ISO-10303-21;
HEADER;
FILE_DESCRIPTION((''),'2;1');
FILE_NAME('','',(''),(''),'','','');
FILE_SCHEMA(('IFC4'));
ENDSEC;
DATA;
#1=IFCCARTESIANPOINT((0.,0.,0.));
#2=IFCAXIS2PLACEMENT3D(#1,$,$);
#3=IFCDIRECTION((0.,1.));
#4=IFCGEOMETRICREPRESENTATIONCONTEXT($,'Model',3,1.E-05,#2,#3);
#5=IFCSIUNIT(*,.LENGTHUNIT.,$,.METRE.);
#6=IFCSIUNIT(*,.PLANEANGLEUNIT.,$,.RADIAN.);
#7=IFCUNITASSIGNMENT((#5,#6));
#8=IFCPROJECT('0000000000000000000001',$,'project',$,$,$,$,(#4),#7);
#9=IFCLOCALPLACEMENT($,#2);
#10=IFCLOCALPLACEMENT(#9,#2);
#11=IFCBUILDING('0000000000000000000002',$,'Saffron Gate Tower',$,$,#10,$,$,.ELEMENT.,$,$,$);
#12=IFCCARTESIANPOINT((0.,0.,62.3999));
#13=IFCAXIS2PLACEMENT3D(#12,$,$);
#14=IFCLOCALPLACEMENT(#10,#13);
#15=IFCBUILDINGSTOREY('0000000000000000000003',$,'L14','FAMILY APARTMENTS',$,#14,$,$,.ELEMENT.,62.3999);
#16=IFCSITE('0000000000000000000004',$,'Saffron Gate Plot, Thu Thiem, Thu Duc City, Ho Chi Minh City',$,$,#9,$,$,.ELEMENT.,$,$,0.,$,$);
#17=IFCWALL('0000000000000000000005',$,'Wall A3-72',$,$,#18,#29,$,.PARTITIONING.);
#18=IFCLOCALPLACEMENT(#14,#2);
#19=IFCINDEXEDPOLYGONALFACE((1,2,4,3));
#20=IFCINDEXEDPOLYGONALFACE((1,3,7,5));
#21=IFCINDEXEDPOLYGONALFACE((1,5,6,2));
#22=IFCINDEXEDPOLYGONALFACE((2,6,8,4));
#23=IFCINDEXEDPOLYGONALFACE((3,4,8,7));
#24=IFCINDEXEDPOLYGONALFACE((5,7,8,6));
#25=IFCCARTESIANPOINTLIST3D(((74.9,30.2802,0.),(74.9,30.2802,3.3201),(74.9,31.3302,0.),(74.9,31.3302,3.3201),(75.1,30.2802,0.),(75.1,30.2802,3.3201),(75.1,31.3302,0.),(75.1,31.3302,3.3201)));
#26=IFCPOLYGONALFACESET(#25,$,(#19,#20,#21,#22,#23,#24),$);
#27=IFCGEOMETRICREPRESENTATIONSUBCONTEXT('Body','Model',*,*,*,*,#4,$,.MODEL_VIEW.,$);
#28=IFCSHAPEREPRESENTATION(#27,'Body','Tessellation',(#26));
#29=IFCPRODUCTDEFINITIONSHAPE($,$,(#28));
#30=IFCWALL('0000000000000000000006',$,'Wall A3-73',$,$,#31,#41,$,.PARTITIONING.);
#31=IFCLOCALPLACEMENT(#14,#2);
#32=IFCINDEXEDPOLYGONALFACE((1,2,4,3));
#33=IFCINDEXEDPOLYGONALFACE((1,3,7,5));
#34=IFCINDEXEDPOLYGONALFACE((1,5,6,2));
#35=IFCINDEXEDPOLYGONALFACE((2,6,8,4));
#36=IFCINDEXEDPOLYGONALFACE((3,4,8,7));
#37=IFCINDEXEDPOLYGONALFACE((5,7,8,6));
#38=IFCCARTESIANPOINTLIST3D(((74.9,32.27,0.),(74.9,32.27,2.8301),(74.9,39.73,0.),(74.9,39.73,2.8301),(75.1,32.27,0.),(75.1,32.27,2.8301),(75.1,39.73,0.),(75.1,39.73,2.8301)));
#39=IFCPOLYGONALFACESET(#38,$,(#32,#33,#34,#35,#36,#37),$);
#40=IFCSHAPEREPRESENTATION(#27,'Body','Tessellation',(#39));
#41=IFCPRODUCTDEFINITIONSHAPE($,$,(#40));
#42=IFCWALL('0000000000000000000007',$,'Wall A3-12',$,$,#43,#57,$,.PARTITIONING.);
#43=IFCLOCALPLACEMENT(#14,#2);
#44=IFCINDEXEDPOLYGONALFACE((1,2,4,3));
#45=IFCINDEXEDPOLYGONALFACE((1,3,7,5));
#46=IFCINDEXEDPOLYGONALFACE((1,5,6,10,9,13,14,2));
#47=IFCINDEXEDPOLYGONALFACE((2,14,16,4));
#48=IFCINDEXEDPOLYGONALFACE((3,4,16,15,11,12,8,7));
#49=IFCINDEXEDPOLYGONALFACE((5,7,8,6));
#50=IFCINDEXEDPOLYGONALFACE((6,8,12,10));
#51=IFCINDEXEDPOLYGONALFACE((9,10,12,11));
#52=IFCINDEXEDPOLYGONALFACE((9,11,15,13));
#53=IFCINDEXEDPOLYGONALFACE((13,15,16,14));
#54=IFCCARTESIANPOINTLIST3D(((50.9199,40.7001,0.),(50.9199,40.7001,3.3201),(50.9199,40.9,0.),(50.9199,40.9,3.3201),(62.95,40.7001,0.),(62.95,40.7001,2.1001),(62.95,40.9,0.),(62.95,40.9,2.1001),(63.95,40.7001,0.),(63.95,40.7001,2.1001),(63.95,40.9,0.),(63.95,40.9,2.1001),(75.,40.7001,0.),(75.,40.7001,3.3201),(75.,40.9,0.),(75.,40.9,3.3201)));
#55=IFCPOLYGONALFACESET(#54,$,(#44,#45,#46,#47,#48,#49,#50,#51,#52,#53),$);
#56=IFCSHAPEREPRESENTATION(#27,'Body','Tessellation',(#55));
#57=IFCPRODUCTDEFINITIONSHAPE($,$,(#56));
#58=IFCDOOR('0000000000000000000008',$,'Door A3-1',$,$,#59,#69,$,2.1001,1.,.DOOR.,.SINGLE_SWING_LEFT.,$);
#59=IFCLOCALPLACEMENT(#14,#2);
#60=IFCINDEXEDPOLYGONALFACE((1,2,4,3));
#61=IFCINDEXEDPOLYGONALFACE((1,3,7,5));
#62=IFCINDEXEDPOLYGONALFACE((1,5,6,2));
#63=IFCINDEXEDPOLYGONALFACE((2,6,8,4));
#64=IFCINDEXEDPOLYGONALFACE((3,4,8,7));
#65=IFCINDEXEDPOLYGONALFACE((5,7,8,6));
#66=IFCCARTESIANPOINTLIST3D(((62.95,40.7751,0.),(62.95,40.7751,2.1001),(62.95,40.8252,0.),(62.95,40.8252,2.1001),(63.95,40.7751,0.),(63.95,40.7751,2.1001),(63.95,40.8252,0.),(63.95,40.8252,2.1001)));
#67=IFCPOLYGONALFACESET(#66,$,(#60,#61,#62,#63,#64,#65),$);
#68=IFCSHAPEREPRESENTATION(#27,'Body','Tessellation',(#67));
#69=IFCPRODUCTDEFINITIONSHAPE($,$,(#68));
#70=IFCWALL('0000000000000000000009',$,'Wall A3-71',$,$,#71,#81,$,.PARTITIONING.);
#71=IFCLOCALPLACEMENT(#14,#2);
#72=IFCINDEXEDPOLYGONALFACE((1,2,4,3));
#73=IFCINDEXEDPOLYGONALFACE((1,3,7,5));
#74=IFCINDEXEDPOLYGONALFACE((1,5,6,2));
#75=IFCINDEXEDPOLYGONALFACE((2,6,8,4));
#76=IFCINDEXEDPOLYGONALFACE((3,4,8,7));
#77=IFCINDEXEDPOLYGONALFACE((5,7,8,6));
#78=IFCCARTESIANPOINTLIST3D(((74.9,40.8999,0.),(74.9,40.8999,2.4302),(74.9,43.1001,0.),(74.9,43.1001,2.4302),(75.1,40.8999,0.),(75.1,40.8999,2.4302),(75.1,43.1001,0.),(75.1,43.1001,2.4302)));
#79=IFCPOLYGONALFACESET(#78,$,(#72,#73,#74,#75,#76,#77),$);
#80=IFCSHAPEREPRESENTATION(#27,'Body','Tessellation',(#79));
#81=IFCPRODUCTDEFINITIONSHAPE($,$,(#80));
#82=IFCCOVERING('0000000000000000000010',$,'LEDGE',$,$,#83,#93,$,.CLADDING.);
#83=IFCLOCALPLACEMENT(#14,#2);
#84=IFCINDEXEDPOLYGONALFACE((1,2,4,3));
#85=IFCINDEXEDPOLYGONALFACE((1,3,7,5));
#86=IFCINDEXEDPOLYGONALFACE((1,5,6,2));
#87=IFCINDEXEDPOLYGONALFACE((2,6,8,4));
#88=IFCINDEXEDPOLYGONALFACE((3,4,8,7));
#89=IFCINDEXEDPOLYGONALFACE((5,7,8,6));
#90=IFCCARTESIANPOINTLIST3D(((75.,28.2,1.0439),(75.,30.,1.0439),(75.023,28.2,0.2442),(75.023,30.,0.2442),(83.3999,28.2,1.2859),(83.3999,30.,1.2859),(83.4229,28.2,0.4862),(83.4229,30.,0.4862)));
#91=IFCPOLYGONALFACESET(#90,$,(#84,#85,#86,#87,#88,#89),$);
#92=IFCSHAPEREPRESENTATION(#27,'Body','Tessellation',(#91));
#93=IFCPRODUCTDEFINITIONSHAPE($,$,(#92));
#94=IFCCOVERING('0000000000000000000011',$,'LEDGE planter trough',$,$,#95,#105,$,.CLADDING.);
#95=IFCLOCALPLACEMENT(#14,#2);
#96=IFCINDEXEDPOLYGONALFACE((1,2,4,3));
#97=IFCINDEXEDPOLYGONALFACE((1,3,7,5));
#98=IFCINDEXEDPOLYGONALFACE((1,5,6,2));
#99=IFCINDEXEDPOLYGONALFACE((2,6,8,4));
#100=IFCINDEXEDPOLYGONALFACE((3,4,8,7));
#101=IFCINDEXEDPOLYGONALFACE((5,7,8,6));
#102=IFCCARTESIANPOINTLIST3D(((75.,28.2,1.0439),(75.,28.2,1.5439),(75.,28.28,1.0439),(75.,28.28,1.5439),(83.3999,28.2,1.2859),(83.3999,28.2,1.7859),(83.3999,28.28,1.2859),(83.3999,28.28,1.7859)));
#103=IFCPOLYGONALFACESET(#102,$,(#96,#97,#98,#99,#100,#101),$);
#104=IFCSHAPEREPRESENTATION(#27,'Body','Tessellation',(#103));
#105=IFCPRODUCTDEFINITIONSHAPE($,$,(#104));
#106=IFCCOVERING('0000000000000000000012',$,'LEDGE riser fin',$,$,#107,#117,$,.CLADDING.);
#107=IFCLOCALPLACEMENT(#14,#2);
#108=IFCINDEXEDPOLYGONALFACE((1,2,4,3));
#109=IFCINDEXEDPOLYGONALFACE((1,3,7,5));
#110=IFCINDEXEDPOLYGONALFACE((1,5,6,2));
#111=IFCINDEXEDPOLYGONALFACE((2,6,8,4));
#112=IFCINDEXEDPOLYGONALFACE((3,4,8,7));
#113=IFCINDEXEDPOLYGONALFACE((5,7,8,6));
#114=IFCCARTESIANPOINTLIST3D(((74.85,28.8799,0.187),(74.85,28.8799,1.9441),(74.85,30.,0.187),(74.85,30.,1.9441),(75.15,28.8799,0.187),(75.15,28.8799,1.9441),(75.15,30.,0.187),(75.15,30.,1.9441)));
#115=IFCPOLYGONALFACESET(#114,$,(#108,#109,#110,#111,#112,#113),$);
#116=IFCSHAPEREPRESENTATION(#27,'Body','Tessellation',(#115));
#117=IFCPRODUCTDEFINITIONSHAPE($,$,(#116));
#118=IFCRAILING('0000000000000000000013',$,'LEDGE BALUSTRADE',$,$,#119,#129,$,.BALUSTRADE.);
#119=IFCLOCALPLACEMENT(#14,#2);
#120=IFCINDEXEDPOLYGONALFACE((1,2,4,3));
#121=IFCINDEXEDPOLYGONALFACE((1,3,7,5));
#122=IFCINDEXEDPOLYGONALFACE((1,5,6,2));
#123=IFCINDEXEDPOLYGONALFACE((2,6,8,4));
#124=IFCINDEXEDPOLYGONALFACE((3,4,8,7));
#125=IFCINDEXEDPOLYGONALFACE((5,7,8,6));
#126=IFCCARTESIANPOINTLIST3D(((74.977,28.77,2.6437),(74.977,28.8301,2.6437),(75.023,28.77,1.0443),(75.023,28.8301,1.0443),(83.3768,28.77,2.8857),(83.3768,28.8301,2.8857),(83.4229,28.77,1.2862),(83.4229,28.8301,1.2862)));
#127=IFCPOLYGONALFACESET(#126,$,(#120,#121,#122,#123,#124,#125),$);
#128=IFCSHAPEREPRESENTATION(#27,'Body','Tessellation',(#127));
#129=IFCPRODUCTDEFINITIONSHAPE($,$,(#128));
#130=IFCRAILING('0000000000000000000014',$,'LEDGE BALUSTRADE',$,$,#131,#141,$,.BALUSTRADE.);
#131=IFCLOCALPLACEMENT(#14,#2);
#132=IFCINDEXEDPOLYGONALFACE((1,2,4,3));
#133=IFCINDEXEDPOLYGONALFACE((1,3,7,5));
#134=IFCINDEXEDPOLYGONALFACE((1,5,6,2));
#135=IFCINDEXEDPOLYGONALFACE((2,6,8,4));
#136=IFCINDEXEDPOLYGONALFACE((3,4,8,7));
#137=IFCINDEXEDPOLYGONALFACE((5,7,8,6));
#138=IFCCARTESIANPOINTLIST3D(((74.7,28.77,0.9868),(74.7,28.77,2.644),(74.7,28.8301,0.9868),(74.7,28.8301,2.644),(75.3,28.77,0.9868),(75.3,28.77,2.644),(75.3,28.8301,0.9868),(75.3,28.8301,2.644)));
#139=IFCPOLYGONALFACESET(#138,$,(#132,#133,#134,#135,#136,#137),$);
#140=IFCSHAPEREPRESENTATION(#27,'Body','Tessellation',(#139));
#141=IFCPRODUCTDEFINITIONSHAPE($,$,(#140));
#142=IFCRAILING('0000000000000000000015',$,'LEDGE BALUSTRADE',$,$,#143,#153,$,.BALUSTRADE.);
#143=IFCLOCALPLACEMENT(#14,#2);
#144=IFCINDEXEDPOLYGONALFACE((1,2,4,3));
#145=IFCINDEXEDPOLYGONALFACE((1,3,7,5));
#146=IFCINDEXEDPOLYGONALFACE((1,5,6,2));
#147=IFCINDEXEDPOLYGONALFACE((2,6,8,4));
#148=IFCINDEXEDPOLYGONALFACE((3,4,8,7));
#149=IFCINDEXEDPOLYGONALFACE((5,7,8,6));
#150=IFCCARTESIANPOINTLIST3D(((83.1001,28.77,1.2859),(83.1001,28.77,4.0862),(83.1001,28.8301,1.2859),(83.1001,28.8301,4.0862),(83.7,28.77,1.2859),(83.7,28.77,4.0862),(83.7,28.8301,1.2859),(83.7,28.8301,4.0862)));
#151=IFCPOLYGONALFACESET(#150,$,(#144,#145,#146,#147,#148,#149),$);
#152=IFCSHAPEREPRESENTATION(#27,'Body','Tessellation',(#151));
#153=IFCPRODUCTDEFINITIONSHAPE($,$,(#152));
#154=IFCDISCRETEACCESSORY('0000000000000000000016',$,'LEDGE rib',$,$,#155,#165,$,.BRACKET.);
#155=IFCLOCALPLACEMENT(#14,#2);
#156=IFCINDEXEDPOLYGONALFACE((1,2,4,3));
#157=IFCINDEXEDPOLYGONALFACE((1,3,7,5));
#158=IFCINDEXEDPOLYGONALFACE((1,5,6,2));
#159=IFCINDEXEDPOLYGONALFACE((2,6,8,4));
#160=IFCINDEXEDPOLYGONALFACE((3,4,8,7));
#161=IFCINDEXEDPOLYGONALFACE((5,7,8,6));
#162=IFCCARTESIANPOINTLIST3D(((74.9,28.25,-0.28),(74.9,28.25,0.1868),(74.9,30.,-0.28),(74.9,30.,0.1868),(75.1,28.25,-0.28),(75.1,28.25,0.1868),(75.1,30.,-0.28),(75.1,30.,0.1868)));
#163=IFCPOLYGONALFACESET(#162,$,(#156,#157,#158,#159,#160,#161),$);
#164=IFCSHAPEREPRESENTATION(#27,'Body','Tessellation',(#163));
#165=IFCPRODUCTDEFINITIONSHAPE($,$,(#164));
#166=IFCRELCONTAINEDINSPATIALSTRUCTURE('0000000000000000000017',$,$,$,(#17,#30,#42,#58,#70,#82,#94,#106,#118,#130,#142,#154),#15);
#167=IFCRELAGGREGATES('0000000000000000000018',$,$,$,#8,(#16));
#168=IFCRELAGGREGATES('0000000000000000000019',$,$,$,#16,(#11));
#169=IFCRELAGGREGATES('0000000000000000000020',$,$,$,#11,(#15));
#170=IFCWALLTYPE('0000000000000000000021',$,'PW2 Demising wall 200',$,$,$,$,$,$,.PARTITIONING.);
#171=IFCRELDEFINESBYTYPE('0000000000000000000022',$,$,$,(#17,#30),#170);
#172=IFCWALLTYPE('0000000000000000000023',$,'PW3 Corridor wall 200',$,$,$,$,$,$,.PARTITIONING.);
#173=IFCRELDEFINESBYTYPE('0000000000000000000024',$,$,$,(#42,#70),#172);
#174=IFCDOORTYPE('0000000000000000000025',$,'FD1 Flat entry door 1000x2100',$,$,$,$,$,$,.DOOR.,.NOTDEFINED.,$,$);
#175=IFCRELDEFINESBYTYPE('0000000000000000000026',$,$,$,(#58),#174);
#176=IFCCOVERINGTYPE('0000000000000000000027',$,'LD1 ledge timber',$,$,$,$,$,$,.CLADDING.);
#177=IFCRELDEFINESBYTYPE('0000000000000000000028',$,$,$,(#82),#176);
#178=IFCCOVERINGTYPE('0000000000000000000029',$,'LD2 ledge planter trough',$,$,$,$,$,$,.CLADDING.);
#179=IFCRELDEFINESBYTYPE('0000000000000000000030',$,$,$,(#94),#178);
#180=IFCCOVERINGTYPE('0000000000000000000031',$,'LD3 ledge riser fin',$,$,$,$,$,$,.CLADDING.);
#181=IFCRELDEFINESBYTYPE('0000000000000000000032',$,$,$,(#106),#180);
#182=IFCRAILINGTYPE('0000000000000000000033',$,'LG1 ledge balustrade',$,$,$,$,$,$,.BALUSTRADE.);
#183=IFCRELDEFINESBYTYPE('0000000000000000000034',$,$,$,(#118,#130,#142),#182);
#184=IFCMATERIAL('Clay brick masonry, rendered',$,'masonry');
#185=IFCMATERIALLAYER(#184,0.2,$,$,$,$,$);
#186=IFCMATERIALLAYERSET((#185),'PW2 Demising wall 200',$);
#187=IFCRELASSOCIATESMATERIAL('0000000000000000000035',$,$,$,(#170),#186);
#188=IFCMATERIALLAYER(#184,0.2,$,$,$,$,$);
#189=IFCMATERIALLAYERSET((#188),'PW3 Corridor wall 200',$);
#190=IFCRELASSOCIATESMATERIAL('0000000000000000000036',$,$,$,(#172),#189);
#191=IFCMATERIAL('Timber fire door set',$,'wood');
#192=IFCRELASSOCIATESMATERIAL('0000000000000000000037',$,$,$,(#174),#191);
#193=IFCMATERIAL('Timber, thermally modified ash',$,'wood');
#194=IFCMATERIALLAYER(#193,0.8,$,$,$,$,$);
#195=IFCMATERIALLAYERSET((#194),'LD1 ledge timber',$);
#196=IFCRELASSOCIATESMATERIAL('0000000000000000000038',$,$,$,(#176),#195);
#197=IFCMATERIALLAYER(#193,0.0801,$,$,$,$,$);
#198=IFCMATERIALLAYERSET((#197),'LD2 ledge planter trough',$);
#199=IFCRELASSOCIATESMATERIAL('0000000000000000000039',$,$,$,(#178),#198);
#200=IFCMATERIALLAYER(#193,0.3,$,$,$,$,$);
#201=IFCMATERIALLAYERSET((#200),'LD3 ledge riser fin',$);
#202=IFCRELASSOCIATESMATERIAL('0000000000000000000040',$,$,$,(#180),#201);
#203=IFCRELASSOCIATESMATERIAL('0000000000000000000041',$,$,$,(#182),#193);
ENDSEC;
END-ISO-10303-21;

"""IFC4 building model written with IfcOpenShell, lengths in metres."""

from ifc_helpers import new_model, si_unit, direction, frame, frame_2d, origin, origin_2d, place, context, subcontext, project, spatial, polyline, rectangle, outline, extrude, material, layer, layer_set, type_object, element, fill, save


model = new_model("IFC4")

# Units and contexts
model_context = context("Model", 3, precision=1e-05, world=origin(), true_north=direction((0.0, 1.0)))
body_context = subcontext(model_context, "Body", "Model", "MODEL_VIEW")
ifc_project = project(units=[si_unit("LENGTHUNIT", "METRE"), si_unit("PLANEANGLEUNIT", "RADIAN")], contexts=[model_context])

# Site, building, storey
site_placement = place(None, origin())
site = spatial("IfcSite", under=ifc_project, at=site_placement, Name="Saffron Gate Plot, Thu Thiem, Thu Duc City, Ho Chi Minh City", CompositionType="ELEMENT", RefElevation=0.0)
building_placement = place(site_placement, origin())
building = spatial("IfcBuilding", under=site, at=building_placement, Name="Saffron Gate Tower", CompositionType="ELEMENT")
storey_placement = place(building_placement, frame((0.0, 0.0, 62.3999)))
storey = spatial("IfcBuildingStorey", under=building, at=storey_placement, Name="L14", Description="FAMILY APARTMENTS", CompositionType="ELEMENT", Elevation=62.3999)

# Walls
ifc_material_1 = material(Name="Clay brick masonry, rendered", Category="masonry")
ifc_layer_1 = layer(ifc_material_1, 0.2)
ifc_layer_set_1 = layer_set([ifc_layer_1], Name="PW2 Demising wall 200")
wall_type_1 = type_object("IfcWallType", Name="PW2 Demising wall 200", PredefinedType="PARTITIONING", material=ifc_layer_set_1)
wall_1_placement = place(storey_placement, frame((75.0, 31.3301, 0.0), z_axis=(0.0, 0.0, 1.0), x_axis=(0.0, -1.0, 0.0)))
element("IfcWall", 1, at=wall_1_placement, inside=storey, type_object=wall_type_1, Name="Wall A3-72", PredefinedType="PARTITIONING", context=body_context, shape_type="SweptSolid", body=[
    extrude(rectangle(XDim=1.05, YDim=0.2, at=frame_2d((0.5249, 0.0))), origin(), (0.0, 0.0, 1.0), 3.3201),
])
wall_2_placement = place(storey_placement, frame((75.0, 39.73, 0.0), z_axis=(0.0, 0.0, 1.0), x_axis=(0.0, -1.0, 0.0)))
element("IfcWall", 2, at=wall_2_placement, inside=storey, type_object=wall_type_1, Name="Wall A3-73", PredefinedType="PARTITIONING", context=body_context, shape_type="SweptSolid", body=[
    extrude(rectangle(XDim=7.46, YDim=0.2, at=frame_2d((3.73, 0.0))), origin(), (0.0, 0.0, 1.0), 2.8301),
])

# Wall, opening, door
ifc_layer_2 = layer(ifc_material_1, 0.2)
ifc_layer_set_2 = layer_set([ifc_layer_2], Name="PW3 Corridor wall 200")
wall_type_2 = type_object("IfcWallType", Name="PW3 Corridor wall 200", PredefinedType="PARTITIONING", material=ifc_layer_set_2)
wall_3_placement = place(storey_placement, frame((75.0, 40.8, 0.0), z_axis=(0.0, 0.0, 1.0), x_axis=(-1.0, 0.0, 0.0)))
wall_3 = element("IfcWall", 3, at=wall_3_placement, inside=storey, type_object=wall_type_2, Name="Wall A3-12", PredefinedType="PARTITIONING", context=body_context, shape_type="SweptSolid", body=[
    extrude(rectangle(XDim=24.0801, YDim=0.2, at=frame_2d((12.04, 0.0))), origin(), (0.0, 0.0, 1.0), 3.3201),
])
opening_1_placement = place(wall_3_placement, frame((11.05, 0.0, 0.0)))
opening_1 = element("IfcOpeningElement", 4, at=opening_1_placement, cuts=wall_3, PredefinedType="OPENING", context=body_context, shape_type="SweptSolid", body=[
    extrude(rectangle(XDim=1.0, YDim=2.1001, at=frame_2d((0.5, 1.05))), frame((0.0, 0.1099, 0.0), z_axis=(0.0, -1.0, 0.0), x_axis=(1.0, 0.0, 0.0)), (0.0, 0.0, 1.0), 0.22),
])
ifc_material_2 = material(Name="Timber fire door set", Category="wood")
door_type = type_object("IfcDoorType", Name="FD1 Flat entry door 1000x2100", OperationType="NOTDEFINED", PredefinedType="DOOR", material=ifc_material_2)
door_placement = place(opening_1_placement, origin())
door = element("IfcDoor", 5, at=door_placement, inside=storey, type_object=door_type, Name="Door A3-1", OperationType="SINGLE_SWING_LEFT", OverallHeight=2.1001, OverallWidth=1.0, PredefinedType="DOOR", context=body_context, shape_type="SweptSolid", body=[
    extrude(rectangle(XDim=1.0, YDim=2.1001, at=frame_2d((0.5, 1.05))), frame((0.0, 0.0249, 0.0), z_axis=(0.0, -1.0, 0.0), x_axis=(1.0, 0.0, 0.0)), (0.0, 0.0, 1.0), 0.05),
])
fill(opening_1, door)

# Wall
wall_4_placement = place(storey_placement, frame((75.0, 43.1001, 0.0), z_axis=(0.0, 0.0, 1.0), x_axis=(0.0, -1.0, 0.0)))
element("IfcWall", 6, at=wall_4_placement, inside=storey, type_object=wall_type_2, Name="Wall A3-71", PredefinedType="PARTITIONING", context=body_context, shape_type="SweptSolid", body=[
    extrude(rectangle(XDim=2.2002, YDim=0.2, at=frame_2d((1.1001, 0.0))), origin(), (0.0, 0.0, 1.0), 2.4302),
])

# Coverings
ifc_material_3 = material(Name="Timber, thermally modified ash", Category="wood")
ifc_layer_3 = layer(ifc_material_3, 0.8)
ifc_layer_set_3 = layer_set([ifc_layer_3], Name="LD1 ledge timber")
covering_type_1 = type_object("IfcCoveringType", Name="LD1 ledge timber", PredefinedType="CLADDING", material=ifc_layer_set_3)
covering_1_placement = place(storey_placement, frame((75.0, 30.0, 1.0439), z_axis=(-0.028791, 0.0, 0.999585), x_axis=(0.999585, 0.0, 0.028791)))
element("IfcCovering", 7, at=covering_1_placement, inside=storey, type_object=covering_type_1, Name="LEDGE", PredefinedType="CLADDING", context=body_context, shape_type="SweptSolid", body=[
    extrude(outline(polyline([(0.0, 0.0), (8.4034, 0.0), (8.4034, -1.8), (0.0, -1.8), (0.0, 0.0)])), origin(), (0.0, 0.0, -1.0), 0.8),
])
ifc_layer_4 = layer(ifc_material_3, 0.0801)
ifc_layer_set_4 = layer_set([ifc_layer_4], Name="LD2 ledge planter trough")
covering_type_2 = type_object("IfcCoveringType", Name="LD2 ledge planter trough", PredefinedType="CLADDING", material=ifc_layer_set_4)
covering_2_placement = place(storey_placement, frame((75.0, 28.2, 1.0439), z_axis=(0.0, -1.0, 0.0), x_axis=(0.999585, 0.0, 0.028791)))
element("IfcCovering", 8, at=covering_2_placement, inside=storey, type_object=covering_type_2, Name="LEDGE planter trough", PredefinedType="CLADDING", context=body_context, shape_type="SweptSolid", body=[
    extrude(outline(polyline([(0.0, 0.0), (8.4034, 0.0), (8.4178, 0.4998), (0.0144, 0.4998), (0.0, 0.0)])), origin(), (0.0, 0.0, -1.0), 0.0801),
])
ifc_layer_5 = layer(ifc_material_3, 0.3)
ifc_layer_set_5 = layer_set([ifc_layer_5], Name="LD3 ledge riser fin")
covering_type_3 = type_object("IfcCoveringType", Name="LD3 ledge riser fin", PredefinedType="CLADDING", material=ifc_layer_set_5)
covering_3_placement = place(storey_placement, frame((75.0, 29.4399, 0.187), z_axis=(0.0, 0.0, 1.0), x_axis=(1.0, 0.0, 0.0)))
element("IfcCovering", 9, at=covering_3_placement, inside=storey, type_object=covering_type_3, Name="LEDGE riser fin", PredefinedType="CLADDING", context=body_context, shape_type="SweptSolid", body=[
    extrude(rectangle(XDim=0.3, YDim=1.1201, at=origin_2d()), origin(), (0.0, 0.0, 1.0), 1.7571),
])

# Railings
railing_type = type_object("IfcRailingType", Name="LG1 ledge balustrade", PredefinedType="BALUSTRADE", material=ifc_material_3)
railing_1_placement = place(storey_placement, frame((75.0, 28.8, 1.0439)))
element("IfcRailing", 10, at=railing_1_placement, inside=storey, type_object=railing_type, Name="LEDGE BALUSTRADE", PredefinedType="BALUSTRADE", context=body_context, shape_type="SweptSolid", body=[
    extrude(rectangle(XDim=0.0601, YDim=1.6001, at=origin_2d()), frame((0.0, 0.0, 0.8), z_axis=(0.999585, 0.0, 0.028791), x_axis=(0.0, 1.0, 0.0)), (0.0, 0.0, 1.0), 8.4033),
])
railing_2_placement = place(storey_placement, frame((74.7, 28.8, 0.9868)))
element("IfcRailing", 11, at=railing_2_placement, inside=storey, type_object=railing_type, Name="LEDGE BALUSTRADE", PredefinedType="BALUSTRADE", context=body_context, shape_type="SweptSolid", body=[
    extrude(rectangle(XDim=0.0601, YDim=1.6572, at=origin_2d()), frame((0.0, 0.0, 0.8286), z_axis=(1.0, 0.0, 0.0), x_axis=(0.0, 1.0, 0.0)), (0.0, 0.0, 1.0), 0.6001),
])
railing_3_placement = place(storey_placement, frame((83.1001, 28.8, 1.2859)))
element("IfcRailing", 12, at=railing_3_placement, inside=storey, type_object=railing_type, Name="LEDGE BALUSTRADE", PredefinedType="BALUSTRADE", context=body_context, shape_type="SweptSolid", body=[
    extrude(rectangle(XDim=0.0601, YDim=2.8003, at=origin_2d()), frame((0.0, 0.0, 1.4001), z_axis=(1.0, 0.0, 0.0), x_axis=(0.0, 1.0, 0.0)), (0.0, 0.0, 1.0), 0.5999),
])

# Discrete accessory
discrete_accessory_placement = place(storey_placement, frame((75.0, 29.125, -0.28), z_axis=(0.0, 0.0, 1.0), x_axis=(1.0, 0.0, 0.0)))
element("IfcDiscreteAccessory", 13, at=discrete_accessory_placement, inside=storey, Name="LEDGE rib", PredefinedType="BRACKET", context=body_context, shape_type="SweptSolid", body=[
    extrude(rectangle(XDim=0.2, YDim=1.75, at=origin_2d()), origin(), (0.0, 0.0, 1.0), 0.4668),
])

save(model, "model.ifc")
